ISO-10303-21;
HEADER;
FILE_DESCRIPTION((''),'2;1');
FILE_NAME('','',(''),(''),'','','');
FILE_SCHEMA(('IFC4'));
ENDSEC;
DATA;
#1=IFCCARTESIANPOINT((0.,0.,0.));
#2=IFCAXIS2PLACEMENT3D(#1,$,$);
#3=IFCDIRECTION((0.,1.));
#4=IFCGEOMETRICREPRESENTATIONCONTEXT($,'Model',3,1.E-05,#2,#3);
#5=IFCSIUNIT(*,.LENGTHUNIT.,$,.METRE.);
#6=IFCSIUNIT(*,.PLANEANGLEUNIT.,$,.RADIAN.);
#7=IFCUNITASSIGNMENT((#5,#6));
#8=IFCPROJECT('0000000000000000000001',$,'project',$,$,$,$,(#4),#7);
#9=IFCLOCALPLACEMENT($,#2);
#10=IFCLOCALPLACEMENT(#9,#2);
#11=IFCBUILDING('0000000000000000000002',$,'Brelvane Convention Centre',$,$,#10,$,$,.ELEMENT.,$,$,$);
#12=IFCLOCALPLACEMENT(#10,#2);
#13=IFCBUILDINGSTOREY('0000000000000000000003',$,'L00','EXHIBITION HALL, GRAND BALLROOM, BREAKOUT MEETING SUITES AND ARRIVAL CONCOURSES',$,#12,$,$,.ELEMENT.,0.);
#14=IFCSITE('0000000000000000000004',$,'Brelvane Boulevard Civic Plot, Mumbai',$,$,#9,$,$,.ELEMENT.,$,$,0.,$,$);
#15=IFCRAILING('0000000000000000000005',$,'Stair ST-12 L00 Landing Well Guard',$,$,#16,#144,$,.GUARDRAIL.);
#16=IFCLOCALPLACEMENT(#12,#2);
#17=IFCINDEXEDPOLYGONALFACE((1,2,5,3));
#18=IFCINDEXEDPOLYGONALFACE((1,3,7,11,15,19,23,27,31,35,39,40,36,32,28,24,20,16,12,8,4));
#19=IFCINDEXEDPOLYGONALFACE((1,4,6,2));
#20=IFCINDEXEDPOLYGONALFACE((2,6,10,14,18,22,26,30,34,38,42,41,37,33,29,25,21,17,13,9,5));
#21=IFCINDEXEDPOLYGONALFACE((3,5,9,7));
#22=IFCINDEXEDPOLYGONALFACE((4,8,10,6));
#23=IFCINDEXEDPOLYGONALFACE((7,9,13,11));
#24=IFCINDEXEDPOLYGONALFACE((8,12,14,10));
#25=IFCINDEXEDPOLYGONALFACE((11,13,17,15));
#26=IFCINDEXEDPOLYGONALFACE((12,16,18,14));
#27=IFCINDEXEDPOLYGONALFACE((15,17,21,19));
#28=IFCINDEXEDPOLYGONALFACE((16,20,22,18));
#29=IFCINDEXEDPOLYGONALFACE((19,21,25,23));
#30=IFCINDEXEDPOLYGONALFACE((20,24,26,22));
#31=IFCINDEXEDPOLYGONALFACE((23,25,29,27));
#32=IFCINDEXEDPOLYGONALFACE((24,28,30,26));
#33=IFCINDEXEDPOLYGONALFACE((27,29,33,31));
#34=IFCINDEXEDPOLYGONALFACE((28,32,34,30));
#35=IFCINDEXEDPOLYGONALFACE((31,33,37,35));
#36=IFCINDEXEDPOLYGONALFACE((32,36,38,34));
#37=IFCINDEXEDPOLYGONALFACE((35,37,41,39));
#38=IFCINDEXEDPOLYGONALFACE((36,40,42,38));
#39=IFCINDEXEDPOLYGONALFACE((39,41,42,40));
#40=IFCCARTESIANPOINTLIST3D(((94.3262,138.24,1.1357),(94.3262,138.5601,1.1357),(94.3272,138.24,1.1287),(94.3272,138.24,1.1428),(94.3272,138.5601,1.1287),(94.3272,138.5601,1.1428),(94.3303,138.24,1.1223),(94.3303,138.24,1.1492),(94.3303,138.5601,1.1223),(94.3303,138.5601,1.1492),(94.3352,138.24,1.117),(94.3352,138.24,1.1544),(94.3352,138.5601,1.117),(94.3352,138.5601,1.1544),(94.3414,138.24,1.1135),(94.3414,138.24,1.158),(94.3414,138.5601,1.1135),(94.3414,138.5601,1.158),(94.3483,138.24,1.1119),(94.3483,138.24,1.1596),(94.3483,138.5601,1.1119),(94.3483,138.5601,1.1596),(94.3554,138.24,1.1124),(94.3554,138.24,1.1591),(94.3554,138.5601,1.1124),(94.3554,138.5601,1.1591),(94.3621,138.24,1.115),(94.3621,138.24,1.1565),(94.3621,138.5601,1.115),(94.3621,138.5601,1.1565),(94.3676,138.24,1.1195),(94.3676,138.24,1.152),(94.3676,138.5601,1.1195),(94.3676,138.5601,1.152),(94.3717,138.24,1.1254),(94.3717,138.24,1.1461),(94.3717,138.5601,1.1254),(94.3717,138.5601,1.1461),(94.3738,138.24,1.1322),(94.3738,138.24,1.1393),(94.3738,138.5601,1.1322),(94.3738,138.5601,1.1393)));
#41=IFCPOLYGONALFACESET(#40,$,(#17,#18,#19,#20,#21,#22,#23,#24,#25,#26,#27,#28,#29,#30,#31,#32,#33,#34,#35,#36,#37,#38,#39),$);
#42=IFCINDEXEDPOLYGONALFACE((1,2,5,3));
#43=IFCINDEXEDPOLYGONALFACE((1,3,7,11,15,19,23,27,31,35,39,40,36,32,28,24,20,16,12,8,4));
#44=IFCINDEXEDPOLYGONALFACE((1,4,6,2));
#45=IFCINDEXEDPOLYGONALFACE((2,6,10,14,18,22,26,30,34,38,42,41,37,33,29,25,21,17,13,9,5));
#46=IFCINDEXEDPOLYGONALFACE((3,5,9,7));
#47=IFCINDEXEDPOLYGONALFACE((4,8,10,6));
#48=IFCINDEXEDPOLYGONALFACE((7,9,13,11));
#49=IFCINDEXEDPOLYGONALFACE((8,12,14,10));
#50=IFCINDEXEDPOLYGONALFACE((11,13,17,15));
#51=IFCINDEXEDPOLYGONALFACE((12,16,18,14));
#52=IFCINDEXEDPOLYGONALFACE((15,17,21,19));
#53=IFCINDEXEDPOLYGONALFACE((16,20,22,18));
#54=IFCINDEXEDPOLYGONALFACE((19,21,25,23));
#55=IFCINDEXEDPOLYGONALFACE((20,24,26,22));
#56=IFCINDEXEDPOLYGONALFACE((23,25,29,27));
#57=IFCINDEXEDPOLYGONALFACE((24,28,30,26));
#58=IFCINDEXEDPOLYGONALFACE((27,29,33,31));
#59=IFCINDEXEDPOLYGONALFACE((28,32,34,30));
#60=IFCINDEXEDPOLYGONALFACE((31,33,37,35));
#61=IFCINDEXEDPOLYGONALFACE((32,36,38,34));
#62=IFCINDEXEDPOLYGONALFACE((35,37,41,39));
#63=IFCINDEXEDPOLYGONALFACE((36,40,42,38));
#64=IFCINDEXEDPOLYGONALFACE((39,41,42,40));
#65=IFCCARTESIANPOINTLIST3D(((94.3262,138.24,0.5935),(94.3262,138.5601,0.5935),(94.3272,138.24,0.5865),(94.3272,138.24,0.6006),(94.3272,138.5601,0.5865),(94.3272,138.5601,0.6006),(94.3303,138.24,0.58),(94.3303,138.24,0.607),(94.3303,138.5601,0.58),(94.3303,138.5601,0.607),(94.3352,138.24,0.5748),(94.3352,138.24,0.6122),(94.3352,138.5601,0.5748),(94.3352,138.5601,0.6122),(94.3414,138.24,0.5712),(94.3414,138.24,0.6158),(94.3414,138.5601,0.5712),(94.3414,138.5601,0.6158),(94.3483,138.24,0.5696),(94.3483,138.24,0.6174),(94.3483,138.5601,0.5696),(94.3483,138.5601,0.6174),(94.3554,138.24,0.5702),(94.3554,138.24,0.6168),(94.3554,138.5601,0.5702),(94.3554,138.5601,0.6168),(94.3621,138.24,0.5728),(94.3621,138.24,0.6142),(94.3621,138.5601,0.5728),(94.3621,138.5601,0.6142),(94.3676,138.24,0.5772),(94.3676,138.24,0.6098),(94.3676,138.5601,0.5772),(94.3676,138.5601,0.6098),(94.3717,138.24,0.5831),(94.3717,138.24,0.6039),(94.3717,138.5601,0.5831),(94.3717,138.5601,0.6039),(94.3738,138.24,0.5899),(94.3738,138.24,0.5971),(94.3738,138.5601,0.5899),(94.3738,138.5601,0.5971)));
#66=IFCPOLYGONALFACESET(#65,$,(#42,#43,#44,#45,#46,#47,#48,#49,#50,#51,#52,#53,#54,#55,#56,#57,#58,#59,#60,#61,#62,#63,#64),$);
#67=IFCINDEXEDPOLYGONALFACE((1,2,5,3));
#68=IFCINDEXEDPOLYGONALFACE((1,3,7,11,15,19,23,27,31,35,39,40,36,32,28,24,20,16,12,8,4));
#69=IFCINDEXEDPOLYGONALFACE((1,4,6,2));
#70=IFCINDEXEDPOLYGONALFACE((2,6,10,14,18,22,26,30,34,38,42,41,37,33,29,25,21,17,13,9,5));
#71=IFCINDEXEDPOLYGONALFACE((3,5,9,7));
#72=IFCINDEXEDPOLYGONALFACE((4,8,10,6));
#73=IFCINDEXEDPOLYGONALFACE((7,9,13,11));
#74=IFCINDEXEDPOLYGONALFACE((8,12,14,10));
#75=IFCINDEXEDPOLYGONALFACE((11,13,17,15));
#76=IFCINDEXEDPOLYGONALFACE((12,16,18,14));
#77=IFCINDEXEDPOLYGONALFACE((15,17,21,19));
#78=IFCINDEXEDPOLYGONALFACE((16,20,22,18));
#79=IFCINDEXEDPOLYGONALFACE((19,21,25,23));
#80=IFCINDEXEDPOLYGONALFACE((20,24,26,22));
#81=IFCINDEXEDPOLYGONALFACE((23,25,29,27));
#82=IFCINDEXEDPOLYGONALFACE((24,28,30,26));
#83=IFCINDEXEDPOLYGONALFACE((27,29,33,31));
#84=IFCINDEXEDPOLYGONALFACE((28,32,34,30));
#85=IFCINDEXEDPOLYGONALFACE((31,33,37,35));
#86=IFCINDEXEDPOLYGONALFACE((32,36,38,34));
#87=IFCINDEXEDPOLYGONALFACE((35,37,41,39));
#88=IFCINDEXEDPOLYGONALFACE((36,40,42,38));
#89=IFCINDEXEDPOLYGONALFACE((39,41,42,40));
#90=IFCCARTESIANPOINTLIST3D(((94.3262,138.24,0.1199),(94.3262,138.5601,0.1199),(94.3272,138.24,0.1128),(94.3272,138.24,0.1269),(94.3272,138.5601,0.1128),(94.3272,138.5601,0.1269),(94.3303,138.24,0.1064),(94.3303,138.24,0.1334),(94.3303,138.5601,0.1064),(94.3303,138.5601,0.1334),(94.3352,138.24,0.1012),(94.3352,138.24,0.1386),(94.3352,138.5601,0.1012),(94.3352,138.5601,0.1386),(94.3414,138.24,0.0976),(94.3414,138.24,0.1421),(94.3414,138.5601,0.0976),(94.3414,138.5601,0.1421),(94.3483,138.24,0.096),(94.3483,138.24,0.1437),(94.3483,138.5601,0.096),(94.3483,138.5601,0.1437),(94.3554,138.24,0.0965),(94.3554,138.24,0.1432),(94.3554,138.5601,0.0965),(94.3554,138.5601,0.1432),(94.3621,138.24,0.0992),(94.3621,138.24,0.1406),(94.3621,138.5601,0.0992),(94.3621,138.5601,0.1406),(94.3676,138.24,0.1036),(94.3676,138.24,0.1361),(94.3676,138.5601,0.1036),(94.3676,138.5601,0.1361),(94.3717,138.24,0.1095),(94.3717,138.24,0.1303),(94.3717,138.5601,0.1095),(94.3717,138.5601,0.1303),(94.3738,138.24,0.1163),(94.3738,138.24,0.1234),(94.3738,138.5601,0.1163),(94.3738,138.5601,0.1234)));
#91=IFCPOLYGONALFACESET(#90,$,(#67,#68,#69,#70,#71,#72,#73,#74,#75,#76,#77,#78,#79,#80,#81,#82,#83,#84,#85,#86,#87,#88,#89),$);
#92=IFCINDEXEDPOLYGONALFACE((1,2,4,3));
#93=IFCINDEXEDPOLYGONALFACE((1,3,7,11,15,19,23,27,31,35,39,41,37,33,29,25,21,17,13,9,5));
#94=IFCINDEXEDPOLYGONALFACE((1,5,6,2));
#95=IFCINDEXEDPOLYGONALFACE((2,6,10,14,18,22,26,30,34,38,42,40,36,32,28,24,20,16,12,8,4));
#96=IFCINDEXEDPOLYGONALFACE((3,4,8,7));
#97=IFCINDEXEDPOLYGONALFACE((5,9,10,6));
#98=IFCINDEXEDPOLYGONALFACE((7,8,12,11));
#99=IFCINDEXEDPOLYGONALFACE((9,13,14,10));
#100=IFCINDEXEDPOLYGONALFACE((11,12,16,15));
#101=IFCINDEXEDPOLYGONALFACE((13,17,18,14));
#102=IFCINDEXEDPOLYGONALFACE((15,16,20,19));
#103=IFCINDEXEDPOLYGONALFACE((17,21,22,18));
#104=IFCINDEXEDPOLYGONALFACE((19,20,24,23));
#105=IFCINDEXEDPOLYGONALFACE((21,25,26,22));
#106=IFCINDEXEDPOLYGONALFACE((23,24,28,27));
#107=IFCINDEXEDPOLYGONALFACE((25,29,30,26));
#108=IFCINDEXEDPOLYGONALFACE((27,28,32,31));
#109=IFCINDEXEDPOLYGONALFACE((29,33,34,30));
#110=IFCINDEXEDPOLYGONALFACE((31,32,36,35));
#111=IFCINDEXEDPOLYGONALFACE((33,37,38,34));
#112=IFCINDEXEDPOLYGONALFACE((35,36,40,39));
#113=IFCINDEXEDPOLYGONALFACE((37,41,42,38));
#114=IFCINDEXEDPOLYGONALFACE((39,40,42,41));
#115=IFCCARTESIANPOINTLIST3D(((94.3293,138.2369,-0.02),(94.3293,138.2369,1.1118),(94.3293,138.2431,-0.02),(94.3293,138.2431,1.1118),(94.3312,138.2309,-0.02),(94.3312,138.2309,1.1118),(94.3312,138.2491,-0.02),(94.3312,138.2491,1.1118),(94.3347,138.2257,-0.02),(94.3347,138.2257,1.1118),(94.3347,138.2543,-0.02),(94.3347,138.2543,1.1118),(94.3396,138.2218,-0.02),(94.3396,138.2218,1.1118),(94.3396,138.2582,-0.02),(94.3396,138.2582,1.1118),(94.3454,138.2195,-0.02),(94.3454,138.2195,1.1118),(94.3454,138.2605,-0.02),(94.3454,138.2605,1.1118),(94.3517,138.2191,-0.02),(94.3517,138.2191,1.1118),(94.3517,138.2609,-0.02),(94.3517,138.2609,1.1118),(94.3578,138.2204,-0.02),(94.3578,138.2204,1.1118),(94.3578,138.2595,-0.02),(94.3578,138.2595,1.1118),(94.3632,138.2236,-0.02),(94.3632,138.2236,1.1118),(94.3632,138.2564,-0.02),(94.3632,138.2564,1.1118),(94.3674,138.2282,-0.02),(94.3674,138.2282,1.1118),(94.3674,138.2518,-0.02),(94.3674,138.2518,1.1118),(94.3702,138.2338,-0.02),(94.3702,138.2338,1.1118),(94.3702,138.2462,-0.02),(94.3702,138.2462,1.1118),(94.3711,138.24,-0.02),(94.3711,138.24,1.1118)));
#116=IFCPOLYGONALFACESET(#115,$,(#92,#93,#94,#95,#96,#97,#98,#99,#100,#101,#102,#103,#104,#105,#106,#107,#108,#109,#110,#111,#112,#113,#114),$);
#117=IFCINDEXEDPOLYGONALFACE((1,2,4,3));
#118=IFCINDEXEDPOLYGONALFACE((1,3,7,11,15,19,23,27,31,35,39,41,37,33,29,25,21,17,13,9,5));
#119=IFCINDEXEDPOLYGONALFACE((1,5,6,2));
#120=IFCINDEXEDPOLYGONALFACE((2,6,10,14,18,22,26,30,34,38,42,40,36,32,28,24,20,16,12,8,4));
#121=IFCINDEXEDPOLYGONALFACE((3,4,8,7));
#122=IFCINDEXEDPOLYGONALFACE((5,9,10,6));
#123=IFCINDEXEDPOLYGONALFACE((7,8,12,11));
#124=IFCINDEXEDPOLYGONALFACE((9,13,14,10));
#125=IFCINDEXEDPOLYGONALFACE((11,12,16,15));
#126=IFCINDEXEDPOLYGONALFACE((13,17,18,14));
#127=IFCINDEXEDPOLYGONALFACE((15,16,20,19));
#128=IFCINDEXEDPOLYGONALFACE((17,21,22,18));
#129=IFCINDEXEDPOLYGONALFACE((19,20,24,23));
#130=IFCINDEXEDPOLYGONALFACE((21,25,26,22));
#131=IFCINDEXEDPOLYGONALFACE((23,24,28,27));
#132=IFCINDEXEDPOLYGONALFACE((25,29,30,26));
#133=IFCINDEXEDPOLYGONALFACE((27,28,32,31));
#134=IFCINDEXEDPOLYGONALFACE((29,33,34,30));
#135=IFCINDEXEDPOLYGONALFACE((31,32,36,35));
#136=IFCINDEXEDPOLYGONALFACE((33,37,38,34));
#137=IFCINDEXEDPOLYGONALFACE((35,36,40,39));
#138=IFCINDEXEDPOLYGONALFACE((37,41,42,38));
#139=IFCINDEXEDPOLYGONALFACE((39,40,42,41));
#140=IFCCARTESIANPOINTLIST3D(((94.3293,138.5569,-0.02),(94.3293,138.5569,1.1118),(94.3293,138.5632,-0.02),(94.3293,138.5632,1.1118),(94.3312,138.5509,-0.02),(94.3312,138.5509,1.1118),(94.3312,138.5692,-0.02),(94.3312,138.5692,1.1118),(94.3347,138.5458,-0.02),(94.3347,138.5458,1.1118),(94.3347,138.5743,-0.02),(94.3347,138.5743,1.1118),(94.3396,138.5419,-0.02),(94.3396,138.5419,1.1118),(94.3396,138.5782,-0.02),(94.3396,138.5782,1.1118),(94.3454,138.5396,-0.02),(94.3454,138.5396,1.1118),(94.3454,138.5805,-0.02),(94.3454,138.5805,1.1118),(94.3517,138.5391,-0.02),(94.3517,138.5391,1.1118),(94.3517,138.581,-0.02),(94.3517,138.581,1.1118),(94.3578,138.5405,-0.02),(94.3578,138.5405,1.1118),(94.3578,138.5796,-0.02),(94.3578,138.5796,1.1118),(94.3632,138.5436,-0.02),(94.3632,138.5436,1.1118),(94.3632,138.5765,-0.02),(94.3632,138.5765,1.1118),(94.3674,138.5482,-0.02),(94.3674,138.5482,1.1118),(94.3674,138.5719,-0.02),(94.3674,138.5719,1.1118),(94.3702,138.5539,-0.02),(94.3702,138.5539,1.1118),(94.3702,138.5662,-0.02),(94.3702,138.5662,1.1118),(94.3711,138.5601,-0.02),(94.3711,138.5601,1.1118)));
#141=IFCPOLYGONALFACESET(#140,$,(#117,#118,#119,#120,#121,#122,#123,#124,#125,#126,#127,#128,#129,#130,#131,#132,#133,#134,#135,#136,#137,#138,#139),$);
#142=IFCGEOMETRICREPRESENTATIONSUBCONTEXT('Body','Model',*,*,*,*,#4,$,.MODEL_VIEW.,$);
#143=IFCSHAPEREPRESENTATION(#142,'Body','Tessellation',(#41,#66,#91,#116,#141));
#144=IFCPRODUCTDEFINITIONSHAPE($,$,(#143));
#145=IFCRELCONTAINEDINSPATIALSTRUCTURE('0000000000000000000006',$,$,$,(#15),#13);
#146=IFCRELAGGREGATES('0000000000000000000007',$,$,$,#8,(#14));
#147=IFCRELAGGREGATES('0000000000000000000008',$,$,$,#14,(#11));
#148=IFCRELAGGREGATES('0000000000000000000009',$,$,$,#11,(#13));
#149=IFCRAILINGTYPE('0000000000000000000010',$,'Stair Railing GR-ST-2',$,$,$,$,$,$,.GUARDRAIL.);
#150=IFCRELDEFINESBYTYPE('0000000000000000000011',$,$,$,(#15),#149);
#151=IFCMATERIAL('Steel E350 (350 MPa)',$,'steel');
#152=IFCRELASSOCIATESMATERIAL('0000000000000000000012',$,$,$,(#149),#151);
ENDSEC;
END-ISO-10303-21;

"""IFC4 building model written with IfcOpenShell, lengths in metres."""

from ifc_helpers import new_model, si_unit, direction, frame, origin, origin_2d, place, context, subcontext, project, spatial, circle, extrude, material, type_object, element, save


model = new_model("IFC4")

# Units and contexts
model_context = context("Model", 3, precision=1e-05, world=origin(), true_north=direction((0.0, 1.0)))
body_context = subcontext(model_context, "Body", "Model", "MODEL_VIEW")
ifc_project = project(units=[si_unit("LENGTHUNIT", "METRE"), si_unit("PLANEANGLEUNIT", "RADIAN")], contexts=[model_context])

# Site, building, storey
site_placement = place(None, origin())
site = spatial("IfcSite", under=ifc_project, at=site_placement, Name="Brelvane Boulevard Civic Plot, Mumbai", CompositionType="ELEMENT", RefElevation=0.0)
building_placement = place(site_placement, origin())
building = spatial("IfcBuilding", under=site, at=building_placement, Name="Brelvane Convention Centre", CompositionType="ELEMENT")
storey_placement = place(building_placement, origin())
storey = spatial("IfcBuildingStorey", under=building, at=storey_placement, Name="L00", Description="EXHIBITION HALL, GRAND BALLROOM, BREAKOUT MEETING SUITES AND ARRIVAL CONCOURSES", CompositionType="ELEMENT", Elevation=0.0)

# Railing
ifc_material_1 = material(Name="Steel E350 (350 MPa)", Category="steel")
railing_type_1 = type_object("IfcRailingType", Name="Stair Railing GR-ST-2", PredefinedType="GUARDRAIL", material=ifc_material_1)
railing_1_placement = place(storey_placement, frame((94.3501, 138.24, -0.02)))
element("IfcRailing", 1, at=railing_1_placement, inside=storey, type_object=railing_type_1, Name="Stair ST-12 L00 Landing Well Guard", PredefinedType="GUARDRAIL", context=body_context, shape_type="SweptSolid", body=[
    extrude(circle(Radius=0.0239, at=origin_2d()), frame((0.0, 0.0, 1.1558), z_axis=(0.0, 1.0, 0.0), x_axis=(-1.0, 0.0, 0.0)), (0.0, 0.0, 1.0), 0.3201),
    extrude(circle(Radius=0.0239, at=origin_2d()), frame((0.0, 0.0, 0.6135), z_axis=(0.0, 1.0, 0.0), x_axis=(-1.0, 0.0, 0.0)), (0.0, 0.0, 1.0), 0.3201),
    extrude(circle(Radius=0.0239, at=origin_2d()), frame((0.0, 0.0, 0.1399), z_axis=(0.0, 1.0, 0.0), x_axis=(-1.0, 0.0, 0.0)), (0.0, 0.0, 1.0), 0.3201),
    extrude(circle(Radius=0.021, at=origin_2d()), origin(), (0.0, 0.0, 1.0), 1.1318),
    extrude(circle(Radius=0.021, at=origin_2d()), frame((0.0, 0.3201, 0.0)), (0.0, 0.0, 1.0), 1.1318),
])

save(model, "model.ifc")
